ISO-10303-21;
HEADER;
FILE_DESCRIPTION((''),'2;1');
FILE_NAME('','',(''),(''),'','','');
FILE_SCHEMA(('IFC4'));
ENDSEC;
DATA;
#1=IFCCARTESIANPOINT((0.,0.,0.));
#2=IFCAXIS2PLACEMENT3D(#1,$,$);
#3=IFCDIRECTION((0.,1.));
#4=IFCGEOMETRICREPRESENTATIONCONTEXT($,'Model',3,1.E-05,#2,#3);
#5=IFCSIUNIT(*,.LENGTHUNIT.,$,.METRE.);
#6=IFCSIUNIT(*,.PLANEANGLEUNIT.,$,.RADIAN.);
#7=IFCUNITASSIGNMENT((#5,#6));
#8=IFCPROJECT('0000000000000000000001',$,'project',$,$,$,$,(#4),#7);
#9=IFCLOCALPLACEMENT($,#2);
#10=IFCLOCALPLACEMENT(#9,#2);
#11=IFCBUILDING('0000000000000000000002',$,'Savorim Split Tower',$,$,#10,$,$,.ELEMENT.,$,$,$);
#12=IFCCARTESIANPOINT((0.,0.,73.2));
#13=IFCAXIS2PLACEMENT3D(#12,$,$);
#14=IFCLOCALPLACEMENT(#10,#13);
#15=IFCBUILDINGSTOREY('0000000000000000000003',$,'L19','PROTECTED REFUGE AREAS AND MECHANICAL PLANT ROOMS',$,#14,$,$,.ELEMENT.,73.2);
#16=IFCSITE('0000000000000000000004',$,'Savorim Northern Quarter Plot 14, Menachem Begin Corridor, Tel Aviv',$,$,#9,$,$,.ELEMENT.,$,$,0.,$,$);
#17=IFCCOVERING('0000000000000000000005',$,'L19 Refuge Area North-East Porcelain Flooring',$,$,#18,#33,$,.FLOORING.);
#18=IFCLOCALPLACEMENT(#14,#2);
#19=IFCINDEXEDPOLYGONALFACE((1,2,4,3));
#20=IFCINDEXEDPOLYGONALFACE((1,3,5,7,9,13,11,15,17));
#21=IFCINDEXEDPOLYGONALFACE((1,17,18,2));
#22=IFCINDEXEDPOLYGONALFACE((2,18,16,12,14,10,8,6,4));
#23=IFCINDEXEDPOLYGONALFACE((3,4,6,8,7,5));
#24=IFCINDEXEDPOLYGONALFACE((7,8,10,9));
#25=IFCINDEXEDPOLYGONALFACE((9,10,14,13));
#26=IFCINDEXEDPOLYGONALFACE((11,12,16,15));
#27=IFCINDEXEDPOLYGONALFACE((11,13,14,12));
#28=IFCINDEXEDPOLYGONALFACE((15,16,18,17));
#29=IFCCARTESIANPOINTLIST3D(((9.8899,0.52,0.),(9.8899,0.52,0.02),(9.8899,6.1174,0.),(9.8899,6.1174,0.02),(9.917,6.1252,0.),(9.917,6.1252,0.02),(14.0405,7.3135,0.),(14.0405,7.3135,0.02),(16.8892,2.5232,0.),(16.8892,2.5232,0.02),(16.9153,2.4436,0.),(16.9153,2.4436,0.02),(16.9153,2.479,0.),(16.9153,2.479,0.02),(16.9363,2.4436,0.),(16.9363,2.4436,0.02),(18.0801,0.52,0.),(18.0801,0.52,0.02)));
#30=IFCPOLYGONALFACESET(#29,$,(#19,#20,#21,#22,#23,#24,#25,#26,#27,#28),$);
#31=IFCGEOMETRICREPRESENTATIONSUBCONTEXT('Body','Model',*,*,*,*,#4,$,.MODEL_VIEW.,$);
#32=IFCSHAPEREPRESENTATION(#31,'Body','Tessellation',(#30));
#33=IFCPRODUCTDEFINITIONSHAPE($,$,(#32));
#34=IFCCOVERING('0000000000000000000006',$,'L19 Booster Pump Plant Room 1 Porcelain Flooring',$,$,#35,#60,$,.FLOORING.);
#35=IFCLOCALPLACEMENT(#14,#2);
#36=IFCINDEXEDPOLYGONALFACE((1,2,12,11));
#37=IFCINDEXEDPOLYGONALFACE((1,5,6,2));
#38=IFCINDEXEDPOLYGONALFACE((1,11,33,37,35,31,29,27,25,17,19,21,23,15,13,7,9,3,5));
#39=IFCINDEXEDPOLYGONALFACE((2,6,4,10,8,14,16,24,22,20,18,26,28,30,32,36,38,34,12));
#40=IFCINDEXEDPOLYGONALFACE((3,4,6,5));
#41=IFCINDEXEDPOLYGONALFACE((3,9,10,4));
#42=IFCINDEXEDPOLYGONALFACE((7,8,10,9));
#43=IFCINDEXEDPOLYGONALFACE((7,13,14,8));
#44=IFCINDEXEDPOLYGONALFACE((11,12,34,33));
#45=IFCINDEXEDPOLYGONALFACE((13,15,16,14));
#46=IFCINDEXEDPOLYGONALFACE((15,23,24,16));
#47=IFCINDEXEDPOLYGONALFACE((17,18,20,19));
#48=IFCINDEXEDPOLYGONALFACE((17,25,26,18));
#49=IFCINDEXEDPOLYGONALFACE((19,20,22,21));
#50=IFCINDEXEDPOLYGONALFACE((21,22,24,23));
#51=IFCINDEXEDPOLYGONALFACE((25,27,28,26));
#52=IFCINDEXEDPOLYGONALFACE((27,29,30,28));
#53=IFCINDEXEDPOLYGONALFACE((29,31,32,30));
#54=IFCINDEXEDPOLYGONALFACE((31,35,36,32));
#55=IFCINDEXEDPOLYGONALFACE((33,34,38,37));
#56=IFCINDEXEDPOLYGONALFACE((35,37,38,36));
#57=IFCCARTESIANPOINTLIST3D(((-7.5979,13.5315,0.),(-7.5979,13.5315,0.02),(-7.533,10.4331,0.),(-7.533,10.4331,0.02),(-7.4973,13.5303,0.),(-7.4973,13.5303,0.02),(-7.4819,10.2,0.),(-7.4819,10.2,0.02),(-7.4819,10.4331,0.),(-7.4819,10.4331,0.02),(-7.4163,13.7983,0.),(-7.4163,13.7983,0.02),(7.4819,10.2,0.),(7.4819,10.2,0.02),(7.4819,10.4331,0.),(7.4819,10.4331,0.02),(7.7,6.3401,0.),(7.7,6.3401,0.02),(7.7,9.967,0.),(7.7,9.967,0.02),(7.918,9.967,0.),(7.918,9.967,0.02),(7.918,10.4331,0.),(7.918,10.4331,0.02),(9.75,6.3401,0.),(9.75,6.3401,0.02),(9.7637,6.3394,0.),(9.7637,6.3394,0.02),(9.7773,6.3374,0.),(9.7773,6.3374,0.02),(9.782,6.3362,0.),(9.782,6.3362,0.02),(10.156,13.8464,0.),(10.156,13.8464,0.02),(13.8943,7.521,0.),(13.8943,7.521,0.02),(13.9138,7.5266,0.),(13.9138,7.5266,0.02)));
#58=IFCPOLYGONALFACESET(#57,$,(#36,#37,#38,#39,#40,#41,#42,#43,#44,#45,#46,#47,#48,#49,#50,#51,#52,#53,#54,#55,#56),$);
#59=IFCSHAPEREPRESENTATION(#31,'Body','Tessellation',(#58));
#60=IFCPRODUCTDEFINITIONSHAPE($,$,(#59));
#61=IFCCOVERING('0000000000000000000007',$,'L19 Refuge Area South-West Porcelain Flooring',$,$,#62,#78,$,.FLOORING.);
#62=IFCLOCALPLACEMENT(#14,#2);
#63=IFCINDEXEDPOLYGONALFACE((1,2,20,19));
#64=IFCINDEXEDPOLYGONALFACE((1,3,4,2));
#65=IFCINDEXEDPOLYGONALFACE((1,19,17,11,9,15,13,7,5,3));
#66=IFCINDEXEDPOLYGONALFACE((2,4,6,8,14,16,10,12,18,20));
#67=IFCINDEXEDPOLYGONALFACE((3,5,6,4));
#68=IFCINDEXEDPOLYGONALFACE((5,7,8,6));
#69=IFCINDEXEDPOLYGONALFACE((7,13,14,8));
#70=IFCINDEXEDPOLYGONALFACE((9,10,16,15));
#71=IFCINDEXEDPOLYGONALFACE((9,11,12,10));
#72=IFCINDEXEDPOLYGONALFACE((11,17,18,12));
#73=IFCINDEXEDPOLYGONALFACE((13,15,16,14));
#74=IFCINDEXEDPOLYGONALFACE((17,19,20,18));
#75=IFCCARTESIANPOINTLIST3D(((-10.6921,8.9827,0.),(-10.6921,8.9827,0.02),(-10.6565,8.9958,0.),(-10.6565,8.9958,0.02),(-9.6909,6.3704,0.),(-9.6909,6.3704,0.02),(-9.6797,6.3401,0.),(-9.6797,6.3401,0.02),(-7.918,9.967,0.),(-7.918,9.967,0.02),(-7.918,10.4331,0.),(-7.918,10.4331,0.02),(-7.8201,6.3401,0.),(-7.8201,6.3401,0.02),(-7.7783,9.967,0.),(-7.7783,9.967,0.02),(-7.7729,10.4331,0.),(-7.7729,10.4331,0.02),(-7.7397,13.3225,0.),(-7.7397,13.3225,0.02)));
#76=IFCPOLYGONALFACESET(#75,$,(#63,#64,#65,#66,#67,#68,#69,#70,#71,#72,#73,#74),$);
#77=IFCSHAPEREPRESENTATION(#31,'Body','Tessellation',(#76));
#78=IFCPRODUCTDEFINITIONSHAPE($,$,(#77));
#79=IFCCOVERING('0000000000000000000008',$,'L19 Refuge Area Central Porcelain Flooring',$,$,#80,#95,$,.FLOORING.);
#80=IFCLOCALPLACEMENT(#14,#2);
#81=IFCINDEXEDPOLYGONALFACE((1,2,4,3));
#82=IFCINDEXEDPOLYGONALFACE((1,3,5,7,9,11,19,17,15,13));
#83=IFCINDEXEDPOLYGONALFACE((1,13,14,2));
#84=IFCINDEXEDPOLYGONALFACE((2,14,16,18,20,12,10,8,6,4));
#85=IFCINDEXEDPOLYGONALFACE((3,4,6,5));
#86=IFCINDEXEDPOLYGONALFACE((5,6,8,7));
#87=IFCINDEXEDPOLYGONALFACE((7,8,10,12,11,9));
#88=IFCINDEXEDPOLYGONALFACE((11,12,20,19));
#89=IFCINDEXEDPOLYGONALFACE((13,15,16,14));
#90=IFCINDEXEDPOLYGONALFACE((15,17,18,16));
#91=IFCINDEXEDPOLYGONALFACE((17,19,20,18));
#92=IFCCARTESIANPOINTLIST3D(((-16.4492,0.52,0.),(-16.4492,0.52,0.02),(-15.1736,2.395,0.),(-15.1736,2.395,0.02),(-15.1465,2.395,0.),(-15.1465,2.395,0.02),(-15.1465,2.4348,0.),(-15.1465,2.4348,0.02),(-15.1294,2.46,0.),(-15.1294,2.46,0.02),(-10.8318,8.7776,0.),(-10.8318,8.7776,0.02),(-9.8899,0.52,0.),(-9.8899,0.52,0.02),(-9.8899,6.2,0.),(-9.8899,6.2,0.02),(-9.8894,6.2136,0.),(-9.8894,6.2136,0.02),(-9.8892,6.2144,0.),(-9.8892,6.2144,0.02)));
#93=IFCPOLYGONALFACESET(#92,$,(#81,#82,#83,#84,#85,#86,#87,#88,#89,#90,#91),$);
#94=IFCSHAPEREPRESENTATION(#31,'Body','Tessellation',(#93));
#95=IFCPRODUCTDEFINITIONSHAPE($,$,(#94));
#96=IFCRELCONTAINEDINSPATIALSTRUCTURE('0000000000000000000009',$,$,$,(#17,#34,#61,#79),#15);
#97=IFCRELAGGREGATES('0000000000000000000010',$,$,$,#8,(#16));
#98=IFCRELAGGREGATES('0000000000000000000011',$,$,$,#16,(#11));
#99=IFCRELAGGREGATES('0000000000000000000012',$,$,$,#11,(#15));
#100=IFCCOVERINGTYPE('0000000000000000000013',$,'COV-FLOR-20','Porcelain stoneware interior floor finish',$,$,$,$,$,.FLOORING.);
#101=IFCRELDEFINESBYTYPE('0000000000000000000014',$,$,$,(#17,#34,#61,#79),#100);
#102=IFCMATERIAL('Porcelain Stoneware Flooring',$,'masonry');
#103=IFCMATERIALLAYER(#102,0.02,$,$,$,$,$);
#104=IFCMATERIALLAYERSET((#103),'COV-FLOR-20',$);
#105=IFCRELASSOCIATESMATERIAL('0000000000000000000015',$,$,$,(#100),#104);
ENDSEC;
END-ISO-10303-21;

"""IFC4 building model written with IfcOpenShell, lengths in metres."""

from ifc_helpers import new_model, si_unit, direction, frame, origin, place, context, subcontext, project, spatial, polyline, outline, extrude, material, layer, layer_set, type_object, element, save


model = new_model("IFC4")

# Units and contexts
model_context = context("Model", 3, precision=1e-05, world=origin(), true_north=direction((0.0, 1.0)))
body_context = subcontext(model_context, "Body", "Model", "MODEL_VIEW")
ifc_project = project(units=[si_unit("LENGTHUNIT", "METRE"), si_unit("PLANEANGLEUNIT", "RADIAN")], contexts=[model_context])

# Site, building, storey
site_placement = place(None, origin())
site = spatial("IfcSite", under=ifc_project, at=site_placement, Name="Savorim Northern Quarter Plot 14, Menachem Begin Corridor, Tel Aviv", CompositionType="ELEMENT", RefElevation=0.0)
building_placement = place(site_placement, origin())
building = spatial("IfcBuilding", under=site, at=building_placement, Name="Savorim Split Tower", CompositionType="ELEMENT")
storey_placement = place(building_placement, frame((0.0, 0.0, 73.2)))
storey = spatial("IfcBuildingStorey", under=building, at=storey_placement, Name="L19", Description="PROTECTED REFUGE AREAS AND MECHANICAL PLANT ROOMS", CompositionType="ELEMENT", Elevation=73.2)

# Coverings
ifc_material_1 = material(Name="Porcelain Stoneware Flooring", Category="masonry")
ifc_layer_1 = layer(ifc_material_1, 0.02)
ifc_layer_set_1 = layer_set([ifc_layer_1], Name="COV-FLOR-20")
covering_type_1 = type_object("IfcCoveringType", Name="COV-FLOR-20", Description="Porcelain stoneware interior floor finish", PredefinedType="FLOORING", material=ifc_layer_set_1)
covering_1_placement = place(storey_placement, origin())
element("IfcCovering", 1, at=covering_1_placement, inside=storey, type_object=covering_type_1, Name="L19 Refuge Area North-East Porcelain Flooring", PredefinedType="FLOORING", context=body_context, shape_type="SweptSolid", body=[
    extrude(outline(polyline([(16.9153, 2.4436), (16.9153, 2.479), (16.8892, 2.5232), (14.0405, 7.3135), (9.917, 6.1252), (9.8899, 6.1174), (9.8899, 0.52), (18.0801, 0.52), (16.9363, 2.4436), (16.9153, 2.4436)])), origin(), (0.0, 0.0, 1.0), 0.02),
])
covering_2_placement = place(storey_placement, origin())
element("IfcCovering", 2, at=covering_2_placement, inside=storey, type_object=covering_type_1, Name="L19 Booster Pump Plant Room 1 Porcelain Flooring", PredefinedType="FLOORING", context=body_context, shape_type="SweptSolid", body=[
    extrude(outline(polyline([(13.9138, 7.5266), (10.156, 13.8464), (-7.4163, 13.7983), (-7.5979, 13.5315), (-7.4973, 13.5303), (-7.533, 10.4331), (-7.4819, 10.4331), (-7.4819, 10.2), (7.4819, 10.2), (7.4819, 10.4331), (7.918, 10.4331), (7.918, 9.967), (7.7, 9.967), (7.7, 6.3401), (9.75, 6.3401), (9.7637, 6.3394), (9.7773, 6.3374), (9.782, 6.3362), (13.8943, 7.521), (13.9138, 7.5266)])), origin(), (0.0, 0.0, 1.0), 0.02),
])
covering_3_placement = place(storey_placement, origin())
element("IfcCovering", 3, at=covering_3_placement, inside=storey, type_object=covering_type_1, Name="L19 Refuge Area South-West Porcelain Flooring", PredefinedType="FLOORING", context=body_context, shape_type="SweptSolid", body=[
    extrude(outline(polyline([(-7.918, 10.4331), (-7.7729, 10.4331), (-7.7397, 13.3225), (-10.6921, 8.9827), (-10.6565, 8.9958), (-9.6909, 6.3704), (-9.6797, 6.3401), (-7.8201, 6.3401), (-7.7783, 9.967), (-7.918, 9.967), (-7.918, 10.4331)])), origin(), (0.0, 0.0, 1.0), 0.02),
])
covering_4_placement = place(storey_placement, origin())
element("IfcCovering", 4, at=covering_4_placement, inside=storey, type_object=covering_type_1, Name="L19 Refuge Area Central Porcelain Flooring", PredefinedType="FLOORING", context=body_context, shape_type="SweptSolid", body=[
    extrude(outline(polyline([(-9.8894, 6.2136), (-9.8892, 6.2144), (-10.8318, 8.7776), (-15.1294, 2.46), (-15.1465, 2.4348), (-15.1465, 2.395), (-15.1736, 2.395), (-16.4492, 0.52), (-9.8899, 0.52), (-9.8899, 6.2), (-9.8894, 6.2136)])), origin(), (0.0, 0.0, 1.0), 0.02),
])

save(model, "model.ifc")
